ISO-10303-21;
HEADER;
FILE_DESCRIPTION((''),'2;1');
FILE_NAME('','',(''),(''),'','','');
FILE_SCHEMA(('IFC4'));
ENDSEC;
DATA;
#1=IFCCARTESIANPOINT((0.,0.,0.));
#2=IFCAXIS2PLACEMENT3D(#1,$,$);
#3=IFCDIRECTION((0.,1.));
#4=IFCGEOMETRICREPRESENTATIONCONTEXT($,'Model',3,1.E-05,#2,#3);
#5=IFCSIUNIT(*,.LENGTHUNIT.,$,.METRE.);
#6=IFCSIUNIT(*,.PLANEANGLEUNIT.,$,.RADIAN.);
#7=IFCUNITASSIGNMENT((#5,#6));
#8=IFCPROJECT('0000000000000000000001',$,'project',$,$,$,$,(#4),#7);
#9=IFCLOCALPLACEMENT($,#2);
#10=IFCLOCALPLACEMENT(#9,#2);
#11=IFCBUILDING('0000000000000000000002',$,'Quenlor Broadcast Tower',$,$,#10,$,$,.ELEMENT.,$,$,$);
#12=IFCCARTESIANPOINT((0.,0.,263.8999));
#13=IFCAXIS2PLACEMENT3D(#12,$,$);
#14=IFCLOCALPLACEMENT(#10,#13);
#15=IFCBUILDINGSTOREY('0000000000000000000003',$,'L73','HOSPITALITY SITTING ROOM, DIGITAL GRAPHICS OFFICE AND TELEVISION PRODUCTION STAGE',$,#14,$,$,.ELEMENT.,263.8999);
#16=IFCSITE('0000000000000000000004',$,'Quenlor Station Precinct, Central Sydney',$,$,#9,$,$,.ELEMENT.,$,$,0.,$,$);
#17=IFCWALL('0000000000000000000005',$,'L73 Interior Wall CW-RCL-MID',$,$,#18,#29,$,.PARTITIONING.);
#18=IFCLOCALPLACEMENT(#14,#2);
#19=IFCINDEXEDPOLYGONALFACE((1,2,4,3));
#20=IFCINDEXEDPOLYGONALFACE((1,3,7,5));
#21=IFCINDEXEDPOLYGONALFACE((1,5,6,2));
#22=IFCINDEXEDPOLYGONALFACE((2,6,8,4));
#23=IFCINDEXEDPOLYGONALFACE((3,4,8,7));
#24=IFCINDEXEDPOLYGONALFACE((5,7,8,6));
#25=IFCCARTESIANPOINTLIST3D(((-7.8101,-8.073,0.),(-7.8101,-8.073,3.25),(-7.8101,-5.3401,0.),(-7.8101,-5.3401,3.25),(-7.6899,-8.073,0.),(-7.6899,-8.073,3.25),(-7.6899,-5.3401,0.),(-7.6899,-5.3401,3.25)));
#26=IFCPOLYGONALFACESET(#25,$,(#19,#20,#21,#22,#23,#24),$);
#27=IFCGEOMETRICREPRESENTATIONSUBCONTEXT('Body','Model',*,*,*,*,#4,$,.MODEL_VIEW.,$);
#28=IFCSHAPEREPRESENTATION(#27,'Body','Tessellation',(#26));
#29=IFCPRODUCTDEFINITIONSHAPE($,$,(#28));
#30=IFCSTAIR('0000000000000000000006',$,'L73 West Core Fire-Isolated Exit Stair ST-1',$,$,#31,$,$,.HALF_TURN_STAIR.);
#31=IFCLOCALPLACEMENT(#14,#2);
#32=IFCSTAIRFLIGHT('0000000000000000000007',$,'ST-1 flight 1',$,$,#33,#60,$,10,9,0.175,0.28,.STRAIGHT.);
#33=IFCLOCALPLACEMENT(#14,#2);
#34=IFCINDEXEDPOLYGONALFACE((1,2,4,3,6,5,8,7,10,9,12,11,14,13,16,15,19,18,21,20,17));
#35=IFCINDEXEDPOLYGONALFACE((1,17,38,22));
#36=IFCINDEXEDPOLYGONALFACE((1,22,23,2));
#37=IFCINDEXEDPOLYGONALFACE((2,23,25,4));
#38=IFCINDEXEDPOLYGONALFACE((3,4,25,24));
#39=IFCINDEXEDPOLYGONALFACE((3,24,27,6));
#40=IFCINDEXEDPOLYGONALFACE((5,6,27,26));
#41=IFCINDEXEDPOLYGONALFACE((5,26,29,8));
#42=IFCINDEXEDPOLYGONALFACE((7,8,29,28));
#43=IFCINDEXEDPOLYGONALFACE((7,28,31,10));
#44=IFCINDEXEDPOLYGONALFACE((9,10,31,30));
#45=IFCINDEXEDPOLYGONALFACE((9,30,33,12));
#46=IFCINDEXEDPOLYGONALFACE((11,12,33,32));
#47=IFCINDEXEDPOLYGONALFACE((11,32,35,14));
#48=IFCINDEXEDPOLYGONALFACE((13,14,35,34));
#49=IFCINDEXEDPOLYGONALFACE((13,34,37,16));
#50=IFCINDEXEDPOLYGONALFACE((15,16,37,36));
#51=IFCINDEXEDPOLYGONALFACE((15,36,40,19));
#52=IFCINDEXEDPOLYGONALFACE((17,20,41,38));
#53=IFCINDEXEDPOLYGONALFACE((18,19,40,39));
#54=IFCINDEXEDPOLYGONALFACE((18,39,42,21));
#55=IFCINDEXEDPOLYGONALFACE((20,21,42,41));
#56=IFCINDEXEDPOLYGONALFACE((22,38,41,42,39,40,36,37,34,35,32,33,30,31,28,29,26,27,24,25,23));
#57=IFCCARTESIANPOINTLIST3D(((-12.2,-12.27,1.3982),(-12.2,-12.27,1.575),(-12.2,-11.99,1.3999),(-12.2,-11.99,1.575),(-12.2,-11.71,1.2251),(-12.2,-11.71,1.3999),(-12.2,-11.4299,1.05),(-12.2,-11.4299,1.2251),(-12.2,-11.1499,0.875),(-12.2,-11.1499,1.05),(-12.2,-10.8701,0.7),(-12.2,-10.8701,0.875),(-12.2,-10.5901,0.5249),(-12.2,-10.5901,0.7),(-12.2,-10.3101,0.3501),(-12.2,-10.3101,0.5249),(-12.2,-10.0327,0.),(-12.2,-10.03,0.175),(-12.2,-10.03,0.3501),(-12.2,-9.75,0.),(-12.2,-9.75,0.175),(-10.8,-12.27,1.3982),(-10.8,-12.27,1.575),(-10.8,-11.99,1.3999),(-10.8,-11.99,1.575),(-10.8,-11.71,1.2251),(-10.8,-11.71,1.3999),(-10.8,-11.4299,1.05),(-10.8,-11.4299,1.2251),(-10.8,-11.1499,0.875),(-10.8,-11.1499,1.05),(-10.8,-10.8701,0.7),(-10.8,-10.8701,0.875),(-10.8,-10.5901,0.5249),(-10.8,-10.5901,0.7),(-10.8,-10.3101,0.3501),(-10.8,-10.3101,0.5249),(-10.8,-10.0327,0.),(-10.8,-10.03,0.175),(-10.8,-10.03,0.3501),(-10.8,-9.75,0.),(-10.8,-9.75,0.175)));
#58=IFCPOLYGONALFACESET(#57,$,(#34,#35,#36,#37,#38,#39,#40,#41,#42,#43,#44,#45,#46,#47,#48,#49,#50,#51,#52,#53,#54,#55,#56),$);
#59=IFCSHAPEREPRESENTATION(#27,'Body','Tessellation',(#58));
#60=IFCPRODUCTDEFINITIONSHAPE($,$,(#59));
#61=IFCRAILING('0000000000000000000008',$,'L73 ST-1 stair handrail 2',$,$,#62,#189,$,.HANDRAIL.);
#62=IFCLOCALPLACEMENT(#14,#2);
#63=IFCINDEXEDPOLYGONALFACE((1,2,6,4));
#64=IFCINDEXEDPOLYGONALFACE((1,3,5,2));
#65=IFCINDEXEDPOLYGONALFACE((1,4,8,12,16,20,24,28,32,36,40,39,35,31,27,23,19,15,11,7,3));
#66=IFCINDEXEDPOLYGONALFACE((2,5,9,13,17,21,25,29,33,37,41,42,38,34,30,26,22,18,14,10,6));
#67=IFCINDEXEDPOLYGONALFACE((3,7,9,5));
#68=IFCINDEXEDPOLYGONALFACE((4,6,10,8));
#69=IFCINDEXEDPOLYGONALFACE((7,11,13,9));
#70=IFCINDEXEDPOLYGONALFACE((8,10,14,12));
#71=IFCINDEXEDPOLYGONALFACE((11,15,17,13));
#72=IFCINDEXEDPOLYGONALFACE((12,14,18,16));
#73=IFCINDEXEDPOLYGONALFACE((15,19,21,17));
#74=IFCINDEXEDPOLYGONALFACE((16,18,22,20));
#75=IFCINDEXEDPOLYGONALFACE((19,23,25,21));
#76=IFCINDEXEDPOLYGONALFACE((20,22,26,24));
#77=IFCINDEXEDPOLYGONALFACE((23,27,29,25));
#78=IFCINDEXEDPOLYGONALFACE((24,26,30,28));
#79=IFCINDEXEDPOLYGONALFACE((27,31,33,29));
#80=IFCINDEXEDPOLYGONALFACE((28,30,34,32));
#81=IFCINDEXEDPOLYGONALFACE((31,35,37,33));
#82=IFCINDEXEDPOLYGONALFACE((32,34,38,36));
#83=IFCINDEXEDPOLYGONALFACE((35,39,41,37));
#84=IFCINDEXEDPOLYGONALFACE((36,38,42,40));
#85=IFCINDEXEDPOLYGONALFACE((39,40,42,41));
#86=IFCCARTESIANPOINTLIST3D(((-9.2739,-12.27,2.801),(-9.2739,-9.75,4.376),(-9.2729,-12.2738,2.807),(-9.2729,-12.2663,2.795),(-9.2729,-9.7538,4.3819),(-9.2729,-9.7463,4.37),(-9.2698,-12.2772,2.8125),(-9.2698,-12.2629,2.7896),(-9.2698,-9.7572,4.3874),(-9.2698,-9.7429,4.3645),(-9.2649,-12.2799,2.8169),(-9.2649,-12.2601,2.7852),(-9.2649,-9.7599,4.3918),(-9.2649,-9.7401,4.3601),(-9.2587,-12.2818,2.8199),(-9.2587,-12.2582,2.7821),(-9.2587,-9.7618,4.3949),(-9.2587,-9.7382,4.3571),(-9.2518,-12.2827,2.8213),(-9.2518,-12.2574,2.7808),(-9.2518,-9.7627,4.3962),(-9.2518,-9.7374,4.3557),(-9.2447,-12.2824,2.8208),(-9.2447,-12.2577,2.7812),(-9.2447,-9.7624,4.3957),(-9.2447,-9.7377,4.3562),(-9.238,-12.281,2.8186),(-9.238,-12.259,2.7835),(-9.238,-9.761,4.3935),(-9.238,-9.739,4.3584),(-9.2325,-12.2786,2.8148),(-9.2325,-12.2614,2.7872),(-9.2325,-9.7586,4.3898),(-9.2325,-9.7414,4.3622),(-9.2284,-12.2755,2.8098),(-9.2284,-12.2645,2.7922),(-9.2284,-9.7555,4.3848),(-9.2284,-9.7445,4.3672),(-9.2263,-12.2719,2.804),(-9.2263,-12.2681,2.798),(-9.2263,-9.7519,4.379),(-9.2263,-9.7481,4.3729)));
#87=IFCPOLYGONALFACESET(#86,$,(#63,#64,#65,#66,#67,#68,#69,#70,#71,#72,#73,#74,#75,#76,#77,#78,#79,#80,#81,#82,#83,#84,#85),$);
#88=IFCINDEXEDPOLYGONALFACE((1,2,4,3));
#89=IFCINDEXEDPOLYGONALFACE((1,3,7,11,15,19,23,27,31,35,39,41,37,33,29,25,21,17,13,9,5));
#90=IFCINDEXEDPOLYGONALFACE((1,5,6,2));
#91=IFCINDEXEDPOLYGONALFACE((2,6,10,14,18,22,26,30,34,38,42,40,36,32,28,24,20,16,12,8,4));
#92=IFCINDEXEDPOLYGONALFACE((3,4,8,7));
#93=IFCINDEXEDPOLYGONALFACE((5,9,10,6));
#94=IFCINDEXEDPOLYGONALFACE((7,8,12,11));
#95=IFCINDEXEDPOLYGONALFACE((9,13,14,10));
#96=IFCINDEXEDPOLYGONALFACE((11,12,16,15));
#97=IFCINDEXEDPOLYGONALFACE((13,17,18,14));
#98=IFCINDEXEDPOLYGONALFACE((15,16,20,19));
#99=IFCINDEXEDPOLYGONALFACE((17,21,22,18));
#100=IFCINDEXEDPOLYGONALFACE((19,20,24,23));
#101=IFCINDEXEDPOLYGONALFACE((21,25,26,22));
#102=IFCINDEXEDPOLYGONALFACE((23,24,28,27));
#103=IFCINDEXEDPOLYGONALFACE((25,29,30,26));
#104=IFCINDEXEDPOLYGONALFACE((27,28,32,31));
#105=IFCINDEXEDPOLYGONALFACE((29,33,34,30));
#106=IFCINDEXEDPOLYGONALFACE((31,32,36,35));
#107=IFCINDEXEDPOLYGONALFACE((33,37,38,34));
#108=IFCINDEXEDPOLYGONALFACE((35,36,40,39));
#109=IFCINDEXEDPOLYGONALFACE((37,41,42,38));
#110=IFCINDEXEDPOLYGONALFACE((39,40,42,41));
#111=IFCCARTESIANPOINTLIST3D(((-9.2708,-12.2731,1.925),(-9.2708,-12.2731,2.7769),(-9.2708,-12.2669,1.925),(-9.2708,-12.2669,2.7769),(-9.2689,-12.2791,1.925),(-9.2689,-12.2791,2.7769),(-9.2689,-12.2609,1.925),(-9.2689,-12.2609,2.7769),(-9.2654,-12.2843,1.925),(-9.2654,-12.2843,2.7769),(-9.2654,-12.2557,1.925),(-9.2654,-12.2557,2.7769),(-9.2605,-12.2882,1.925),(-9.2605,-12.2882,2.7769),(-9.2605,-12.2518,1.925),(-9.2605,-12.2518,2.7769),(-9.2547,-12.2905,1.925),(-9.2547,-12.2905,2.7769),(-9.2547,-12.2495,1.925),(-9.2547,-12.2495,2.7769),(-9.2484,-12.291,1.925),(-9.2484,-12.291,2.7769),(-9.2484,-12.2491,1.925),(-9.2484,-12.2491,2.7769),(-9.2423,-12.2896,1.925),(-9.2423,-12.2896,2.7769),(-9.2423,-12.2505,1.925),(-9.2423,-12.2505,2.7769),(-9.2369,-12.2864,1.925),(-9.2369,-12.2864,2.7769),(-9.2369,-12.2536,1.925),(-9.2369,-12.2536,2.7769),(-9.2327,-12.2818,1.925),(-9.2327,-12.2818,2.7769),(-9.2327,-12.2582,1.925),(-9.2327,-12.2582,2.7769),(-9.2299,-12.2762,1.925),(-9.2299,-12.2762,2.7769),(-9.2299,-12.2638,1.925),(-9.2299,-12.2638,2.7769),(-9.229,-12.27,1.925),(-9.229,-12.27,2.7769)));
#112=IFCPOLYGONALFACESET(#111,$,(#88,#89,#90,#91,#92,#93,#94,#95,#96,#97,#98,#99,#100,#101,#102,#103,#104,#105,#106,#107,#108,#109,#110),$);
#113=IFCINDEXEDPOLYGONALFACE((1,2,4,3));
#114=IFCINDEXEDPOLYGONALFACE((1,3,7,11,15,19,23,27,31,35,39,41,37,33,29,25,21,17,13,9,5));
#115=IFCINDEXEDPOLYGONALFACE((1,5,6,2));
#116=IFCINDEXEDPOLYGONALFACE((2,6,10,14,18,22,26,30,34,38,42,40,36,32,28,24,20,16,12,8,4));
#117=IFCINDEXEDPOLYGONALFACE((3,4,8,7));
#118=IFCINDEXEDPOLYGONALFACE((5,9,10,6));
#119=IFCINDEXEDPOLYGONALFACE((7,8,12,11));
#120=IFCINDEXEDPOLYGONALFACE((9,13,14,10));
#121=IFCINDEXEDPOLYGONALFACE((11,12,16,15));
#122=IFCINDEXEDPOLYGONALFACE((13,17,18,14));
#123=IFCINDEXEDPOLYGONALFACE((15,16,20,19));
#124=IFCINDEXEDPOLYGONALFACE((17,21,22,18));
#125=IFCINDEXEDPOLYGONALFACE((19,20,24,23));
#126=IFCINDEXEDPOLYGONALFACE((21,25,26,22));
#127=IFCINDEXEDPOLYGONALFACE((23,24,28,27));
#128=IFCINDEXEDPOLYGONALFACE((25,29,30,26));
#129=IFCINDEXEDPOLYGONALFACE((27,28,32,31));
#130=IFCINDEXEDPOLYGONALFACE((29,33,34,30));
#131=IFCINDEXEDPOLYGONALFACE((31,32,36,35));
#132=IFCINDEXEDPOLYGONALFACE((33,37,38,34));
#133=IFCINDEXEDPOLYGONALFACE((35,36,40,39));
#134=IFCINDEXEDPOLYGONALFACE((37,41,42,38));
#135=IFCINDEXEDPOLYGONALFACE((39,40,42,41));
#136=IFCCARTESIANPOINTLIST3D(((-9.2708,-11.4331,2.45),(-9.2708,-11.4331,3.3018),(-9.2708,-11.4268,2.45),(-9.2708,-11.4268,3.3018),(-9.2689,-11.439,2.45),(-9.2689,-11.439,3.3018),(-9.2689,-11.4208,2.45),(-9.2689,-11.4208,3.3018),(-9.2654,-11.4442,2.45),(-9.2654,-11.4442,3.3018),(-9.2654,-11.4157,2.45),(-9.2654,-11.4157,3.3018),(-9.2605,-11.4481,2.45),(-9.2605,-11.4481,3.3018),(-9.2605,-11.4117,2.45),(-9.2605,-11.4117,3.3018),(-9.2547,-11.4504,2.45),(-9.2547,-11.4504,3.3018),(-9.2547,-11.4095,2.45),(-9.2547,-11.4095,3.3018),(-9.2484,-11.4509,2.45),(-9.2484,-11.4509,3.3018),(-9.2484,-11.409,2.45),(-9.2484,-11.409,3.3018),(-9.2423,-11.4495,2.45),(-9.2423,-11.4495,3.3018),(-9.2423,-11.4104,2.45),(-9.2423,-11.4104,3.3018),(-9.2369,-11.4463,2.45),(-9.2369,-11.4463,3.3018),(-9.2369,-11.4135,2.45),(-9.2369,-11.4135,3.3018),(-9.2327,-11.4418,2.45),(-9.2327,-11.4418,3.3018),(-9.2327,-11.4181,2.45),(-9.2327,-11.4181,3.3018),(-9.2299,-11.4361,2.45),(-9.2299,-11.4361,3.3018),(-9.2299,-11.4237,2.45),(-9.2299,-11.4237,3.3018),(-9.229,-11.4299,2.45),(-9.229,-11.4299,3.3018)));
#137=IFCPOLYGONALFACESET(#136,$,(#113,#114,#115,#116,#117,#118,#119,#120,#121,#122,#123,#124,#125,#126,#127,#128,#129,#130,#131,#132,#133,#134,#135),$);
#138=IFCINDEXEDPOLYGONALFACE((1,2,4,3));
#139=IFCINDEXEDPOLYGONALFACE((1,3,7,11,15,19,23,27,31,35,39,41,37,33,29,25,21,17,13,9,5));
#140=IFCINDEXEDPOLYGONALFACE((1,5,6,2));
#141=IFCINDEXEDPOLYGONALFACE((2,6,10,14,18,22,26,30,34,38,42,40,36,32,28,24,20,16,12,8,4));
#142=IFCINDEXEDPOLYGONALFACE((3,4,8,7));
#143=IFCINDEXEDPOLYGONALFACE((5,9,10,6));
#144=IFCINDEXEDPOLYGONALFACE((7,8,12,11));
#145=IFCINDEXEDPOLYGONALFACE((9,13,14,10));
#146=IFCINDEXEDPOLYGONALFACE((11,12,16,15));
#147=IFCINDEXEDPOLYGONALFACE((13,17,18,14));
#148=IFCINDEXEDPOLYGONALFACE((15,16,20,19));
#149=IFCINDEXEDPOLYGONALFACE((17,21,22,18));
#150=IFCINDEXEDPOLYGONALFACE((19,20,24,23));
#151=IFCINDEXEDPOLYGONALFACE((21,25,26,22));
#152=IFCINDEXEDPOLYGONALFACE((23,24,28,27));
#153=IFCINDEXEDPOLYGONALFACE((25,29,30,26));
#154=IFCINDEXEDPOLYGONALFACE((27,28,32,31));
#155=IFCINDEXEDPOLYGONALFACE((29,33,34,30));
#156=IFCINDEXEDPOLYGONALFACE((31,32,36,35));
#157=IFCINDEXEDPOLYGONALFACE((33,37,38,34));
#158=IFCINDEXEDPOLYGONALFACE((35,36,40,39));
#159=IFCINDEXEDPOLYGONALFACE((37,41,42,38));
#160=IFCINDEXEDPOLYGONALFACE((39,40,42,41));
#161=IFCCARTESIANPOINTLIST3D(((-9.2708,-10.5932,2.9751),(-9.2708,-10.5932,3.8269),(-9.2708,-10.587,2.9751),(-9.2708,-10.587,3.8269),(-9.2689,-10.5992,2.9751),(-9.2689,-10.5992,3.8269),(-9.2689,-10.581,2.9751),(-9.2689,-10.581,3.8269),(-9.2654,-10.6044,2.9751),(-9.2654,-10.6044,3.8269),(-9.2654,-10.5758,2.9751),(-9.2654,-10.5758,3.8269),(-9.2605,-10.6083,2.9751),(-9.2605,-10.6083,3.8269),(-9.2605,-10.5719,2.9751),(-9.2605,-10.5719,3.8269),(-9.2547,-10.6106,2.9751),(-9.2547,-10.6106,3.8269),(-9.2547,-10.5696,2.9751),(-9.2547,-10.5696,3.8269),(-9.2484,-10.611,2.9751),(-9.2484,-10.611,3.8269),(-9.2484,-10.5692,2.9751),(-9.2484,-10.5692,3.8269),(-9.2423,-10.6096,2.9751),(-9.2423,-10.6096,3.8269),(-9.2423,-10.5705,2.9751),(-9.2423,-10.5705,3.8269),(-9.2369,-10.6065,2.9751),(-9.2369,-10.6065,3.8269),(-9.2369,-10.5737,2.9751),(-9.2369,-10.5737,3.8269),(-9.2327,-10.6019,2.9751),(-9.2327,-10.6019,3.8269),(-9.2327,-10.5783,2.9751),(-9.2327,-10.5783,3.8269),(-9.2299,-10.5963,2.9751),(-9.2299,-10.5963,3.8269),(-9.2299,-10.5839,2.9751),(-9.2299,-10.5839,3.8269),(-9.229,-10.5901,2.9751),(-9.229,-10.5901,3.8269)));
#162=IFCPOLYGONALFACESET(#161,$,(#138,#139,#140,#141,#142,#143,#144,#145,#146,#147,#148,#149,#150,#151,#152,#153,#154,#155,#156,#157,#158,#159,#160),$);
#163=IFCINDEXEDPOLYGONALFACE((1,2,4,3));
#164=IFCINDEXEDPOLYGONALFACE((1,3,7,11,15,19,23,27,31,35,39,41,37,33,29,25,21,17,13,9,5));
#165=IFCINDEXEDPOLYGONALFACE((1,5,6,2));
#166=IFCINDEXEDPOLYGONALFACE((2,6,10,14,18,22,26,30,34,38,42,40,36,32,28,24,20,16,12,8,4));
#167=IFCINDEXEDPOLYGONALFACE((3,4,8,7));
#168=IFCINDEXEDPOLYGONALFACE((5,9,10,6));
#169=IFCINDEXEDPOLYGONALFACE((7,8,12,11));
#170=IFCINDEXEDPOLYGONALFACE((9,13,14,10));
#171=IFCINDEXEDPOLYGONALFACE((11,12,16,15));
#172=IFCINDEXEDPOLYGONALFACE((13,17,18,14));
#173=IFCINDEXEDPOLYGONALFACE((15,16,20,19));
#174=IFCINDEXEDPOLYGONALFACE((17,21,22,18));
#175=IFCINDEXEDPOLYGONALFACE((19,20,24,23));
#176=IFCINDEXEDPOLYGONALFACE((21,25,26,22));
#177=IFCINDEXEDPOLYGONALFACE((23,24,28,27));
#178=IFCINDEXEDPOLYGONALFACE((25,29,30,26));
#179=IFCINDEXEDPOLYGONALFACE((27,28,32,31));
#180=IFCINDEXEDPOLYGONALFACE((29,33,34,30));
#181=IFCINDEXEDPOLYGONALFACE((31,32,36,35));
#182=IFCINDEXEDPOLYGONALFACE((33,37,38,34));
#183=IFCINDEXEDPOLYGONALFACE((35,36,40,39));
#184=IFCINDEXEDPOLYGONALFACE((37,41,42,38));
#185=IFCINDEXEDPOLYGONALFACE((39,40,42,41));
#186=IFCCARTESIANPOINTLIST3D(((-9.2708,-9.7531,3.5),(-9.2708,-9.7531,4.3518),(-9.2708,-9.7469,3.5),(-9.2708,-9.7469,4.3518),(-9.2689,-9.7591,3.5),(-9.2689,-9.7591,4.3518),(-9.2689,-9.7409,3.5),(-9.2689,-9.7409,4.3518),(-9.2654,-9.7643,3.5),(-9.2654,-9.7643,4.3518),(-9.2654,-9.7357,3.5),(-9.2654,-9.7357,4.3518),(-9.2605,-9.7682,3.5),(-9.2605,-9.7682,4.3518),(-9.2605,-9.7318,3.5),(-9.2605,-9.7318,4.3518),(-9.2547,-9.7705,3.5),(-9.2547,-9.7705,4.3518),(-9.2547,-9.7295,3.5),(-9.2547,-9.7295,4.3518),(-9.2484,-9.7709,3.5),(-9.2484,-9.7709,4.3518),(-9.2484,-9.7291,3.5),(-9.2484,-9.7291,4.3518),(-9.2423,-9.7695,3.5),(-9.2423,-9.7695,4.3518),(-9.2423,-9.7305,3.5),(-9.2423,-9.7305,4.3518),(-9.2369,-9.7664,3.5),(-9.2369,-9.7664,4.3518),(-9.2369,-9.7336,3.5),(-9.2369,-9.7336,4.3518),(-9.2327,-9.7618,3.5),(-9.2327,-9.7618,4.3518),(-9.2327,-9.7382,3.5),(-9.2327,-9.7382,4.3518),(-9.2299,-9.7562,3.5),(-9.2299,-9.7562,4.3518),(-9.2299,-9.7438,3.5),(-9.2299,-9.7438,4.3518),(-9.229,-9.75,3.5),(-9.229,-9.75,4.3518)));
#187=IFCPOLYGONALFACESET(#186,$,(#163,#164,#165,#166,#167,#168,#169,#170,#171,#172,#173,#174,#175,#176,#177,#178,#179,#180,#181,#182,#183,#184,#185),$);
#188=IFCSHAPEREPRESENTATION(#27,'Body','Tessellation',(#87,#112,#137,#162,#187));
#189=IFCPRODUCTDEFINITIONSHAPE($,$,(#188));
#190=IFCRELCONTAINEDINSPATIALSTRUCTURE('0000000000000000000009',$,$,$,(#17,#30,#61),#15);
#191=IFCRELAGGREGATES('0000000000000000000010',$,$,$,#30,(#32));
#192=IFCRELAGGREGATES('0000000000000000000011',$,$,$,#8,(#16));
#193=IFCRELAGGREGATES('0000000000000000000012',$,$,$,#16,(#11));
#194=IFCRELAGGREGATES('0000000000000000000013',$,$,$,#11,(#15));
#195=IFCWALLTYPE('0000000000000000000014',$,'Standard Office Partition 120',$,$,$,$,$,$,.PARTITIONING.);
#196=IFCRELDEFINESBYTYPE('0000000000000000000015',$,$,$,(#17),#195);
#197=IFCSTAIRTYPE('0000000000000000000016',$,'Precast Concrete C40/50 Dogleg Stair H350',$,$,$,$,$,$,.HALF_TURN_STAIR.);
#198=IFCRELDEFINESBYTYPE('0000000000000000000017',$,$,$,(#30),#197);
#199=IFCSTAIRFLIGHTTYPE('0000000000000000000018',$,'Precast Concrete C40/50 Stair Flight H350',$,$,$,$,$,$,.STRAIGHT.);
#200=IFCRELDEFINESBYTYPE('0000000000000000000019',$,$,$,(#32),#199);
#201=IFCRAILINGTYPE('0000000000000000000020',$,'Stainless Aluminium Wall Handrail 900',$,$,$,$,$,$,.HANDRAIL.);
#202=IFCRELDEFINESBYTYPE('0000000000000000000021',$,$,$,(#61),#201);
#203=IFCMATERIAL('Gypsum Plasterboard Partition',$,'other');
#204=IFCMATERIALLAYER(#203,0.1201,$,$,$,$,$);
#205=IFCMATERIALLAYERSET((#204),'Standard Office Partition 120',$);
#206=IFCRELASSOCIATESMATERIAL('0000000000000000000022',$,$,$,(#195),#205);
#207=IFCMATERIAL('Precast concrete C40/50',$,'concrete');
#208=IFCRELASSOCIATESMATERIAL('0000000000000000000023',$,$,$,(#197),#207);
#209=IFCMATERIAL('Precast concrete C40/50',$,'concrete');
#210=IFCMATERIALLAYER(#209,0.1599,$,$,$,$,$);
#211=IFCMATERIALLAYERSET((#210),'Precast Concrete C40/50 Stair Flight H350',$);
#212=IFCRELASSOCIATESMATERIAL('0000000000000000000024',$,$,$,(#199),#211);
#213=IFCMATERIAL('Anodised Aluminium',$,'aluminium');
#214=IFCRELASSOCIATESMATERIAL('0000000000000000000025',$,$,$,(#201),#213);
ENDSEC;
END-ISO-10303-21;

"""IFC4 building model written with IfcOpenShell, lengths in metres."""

from ifc_helpers import new_model, si_unit, direction, frame, frame_2d, origin, origin_2d, place, context, subcontext, project, spatial, polyline, rectangle, circle, outline, extrude, material, layer, layer_set, type_object, element, aggregate, save


model = new_model("IFC4")

# Units and contexts
model_context = context("Model", 3, precision=1e-05, world=origin(), true_north=direction((0.0, 1.0)))
body_context = subcontext(model_context, "Body", "Model", "MODEL_VIEW")
ifc_project = project(units=[si_unit("LENGTHUNIT", "METRE"), si_unit("PLANEANGLEUNIT", "RADIAN")], contexts=[model_context])

# Site, building, storey
site_placement = place(None, origin())
site = spatial("IfcSite", under=ifc_project, at=site_placement, Name="Quenlor Station Precinct, Central Sydney", CompositionType="ELEMENT", RefElevation=0.0)
building_placement = place(site_placement, origin())
building = spatial("IfcBuilding", under=site, at=building_placement, Name="Quenlor Broadcast Tower", CompositionType="ELEMENT")
storey_placement = place(building_placement, frame((0.0, 0.0, 263.8999)))
storey = spatial("IfcBuildingStorey", under=building, at=storey_placement, Name="L73", Description="HOSPITALITY SITTING ROOM, DIGITAL GRAPHICS OFFICE AND TELEVISION PRODUCTION STAGE", CompositionType="ELEMENT", Elevation=263.8999)

# Wall
ifc_material_1 = material(Name="Gypsum Plasterboard Partition", Category="other")
ifc_layer_1 = layer(ifc_material_1, 0.1201)
ifc_layer_set_1 = layer_set([ifc_layer_1], Name="Standard Office Partition 120")
wall_type_1 = type_object("IfcWallType", Name="Standard Office Partition 120", PredefinedType="PARTITIONING", material=ifc_layer_set_1)
wall_1_placement = place(storey_placement, frame((-7.75, -8.073, 0.0), z_axis=(0.0, 0.0, 1.0), x_axis=(0.0, 1.0, 0.0)))
element("IfcWall", 1, at=wall_1_placement, inside=storey, type_object=wall_type_1, Name="L73 Interior Wall CW-RCL-MID", PredefinedType="PARTITIONING", context=body_context, shape_type="SweptSolid", body=[
    extrude(rectangle(XDim=2.7329, YDim=0.1201, at=frame_2d((1.3665, 0.0))), origin(), (0.0, 0.0, 1.0), 3.25),
])

# Stair, stair flight
ifc_material_2 = material(Name="Precast concrete C40/50", Category="concrete")
stair_type = type_object("IfcStairType", Name="Precast Concrete C40/50 Dogleg Stair H350", PredefinedType="HALF_TURN_STAIR", material=ifc_material_2)
stair_placement = place(storey_placement, origin())
stair = element("IfcStair", 2, at=stair_placement, inside=storey, type_object=stair_type, Name="L73 West Core Fire-Isolated Exit Stair ST-1", PredefinedType="HALF_TURN_STAIR")
ifc_material_3 = material(Name="Precast concrete C40/50", Category="concrete")
ifc_layer_2 = layer(ifc_material_3, 0.1599)
ifc_layer_set_2 = layer_set([ifc_layer_2], Name="Precast Concrete C40/50 Stair Flight H350")
stair_flight_type = type_object("IfcStairFlightType", Name="Precast Concrete C40/50 Stair Flight H350", PredefinedType="STRAIGHT", material=ifc_layer_set_2)
stair_flight_placement = place(storey_placement, frame((-11.5, -9.75, 0.0), z_axis=(0.0, 0.0, 1.0), x_axis=(0.0, -1.0, 0.0)))
stair_flight = element("IfcStairFlight", 3, at=stair_flight_placement, type_object=stair_flight_type, Name="ST-1 flight 1", NumberOfRisers=10, NumberOfTreads=9, PredefinedType="STRAIGHT", RiserHeight=0.175, TreadLength=0.28, context=body_context, shape_type="SweptSolid", body=[
    extrude(outline(polyline([(0.0, 0.0), (0.0, 0.175), (0.28, 0.175), (0.28, 0.3501), (0.5601, 0.3501), (0.5601, 0.5249), (0.8401, 0.5249), (0.8401, 0.7), (1.1201, 0.7), (1.1201, 0.875), (1.3999, 0.875), (1.3999, 1.05), (1.6799, 1.05), (1.6799, 1.2251), (1.96, 1.2251), (1.96, 1.3999), (2.24, 1.3999), (2.24, 1.575), (2.52, 1.575), (2.52, 1.75), (2.52, 1.3982), (0.2827, 0.0), (0.0, 0.0)])), frame((0.0, 0.7, 0.0), z_axis=(0.0, -1.0, 0.0), x_axis=(1.0, 0.0, 0.0)), (0.0, 0.0, 1.0), 1.3999),
])
aggregate(stair, [stair_flight])

# Railing
ifc_material_4 = material(Name="Anodised Aluminium", Category="aluminium")
railing_type_1 = type_object("IfcRailingType", Name="Stainless Aluminium Wall Handrail 900", PredefinedType="HANDRAIL", material=ifc_material_4)
railing_1_placement = place(storey_placement, frame((-9.25, -12.27, 1.925)))
element("IfcRailing", 4, at=railing_1_placement, inside=storey, type_object=railing_type_1, Name="L73 ST-1 stair handrail 2", PredefinedType="HANDRAIL", context=body_context, shape_type="SweptSolid", body=[
    extrude(circle(Radius=0.0239, at=origin_2d()), frame((0.0, 0.0, 0.876), z_axis=(0.0, 0.848008, 0.529984), x_axis=(-1.0, 0.0, 0.0)), (0.0, 0.0, 1.0), 2.9717),
    extrude(circle(Radius=0.021, at=origin_2d()), origin(), (0.0, 0.0, 1.0), 0.8518),
    extrude(circle(Radius=0.021, at=origin_2d()), frame((0.0, 0.8401, 0.5249)), (0.0, 0.0, 1.0), 0.8518),
    extrude(circle(Radius=0.021, at=origin_2d()), frame((0.0, 1.6799, 1.05)), (0.0, 0.0, 1.0), 0.8518),
    extrude(circle(Radius=0.021, at=origin_2d()), frame((0.0, 2.52, 1.575)), (0.0, 0.0, 1.0), 0.8518),
])

save(model, "model.ifc")
